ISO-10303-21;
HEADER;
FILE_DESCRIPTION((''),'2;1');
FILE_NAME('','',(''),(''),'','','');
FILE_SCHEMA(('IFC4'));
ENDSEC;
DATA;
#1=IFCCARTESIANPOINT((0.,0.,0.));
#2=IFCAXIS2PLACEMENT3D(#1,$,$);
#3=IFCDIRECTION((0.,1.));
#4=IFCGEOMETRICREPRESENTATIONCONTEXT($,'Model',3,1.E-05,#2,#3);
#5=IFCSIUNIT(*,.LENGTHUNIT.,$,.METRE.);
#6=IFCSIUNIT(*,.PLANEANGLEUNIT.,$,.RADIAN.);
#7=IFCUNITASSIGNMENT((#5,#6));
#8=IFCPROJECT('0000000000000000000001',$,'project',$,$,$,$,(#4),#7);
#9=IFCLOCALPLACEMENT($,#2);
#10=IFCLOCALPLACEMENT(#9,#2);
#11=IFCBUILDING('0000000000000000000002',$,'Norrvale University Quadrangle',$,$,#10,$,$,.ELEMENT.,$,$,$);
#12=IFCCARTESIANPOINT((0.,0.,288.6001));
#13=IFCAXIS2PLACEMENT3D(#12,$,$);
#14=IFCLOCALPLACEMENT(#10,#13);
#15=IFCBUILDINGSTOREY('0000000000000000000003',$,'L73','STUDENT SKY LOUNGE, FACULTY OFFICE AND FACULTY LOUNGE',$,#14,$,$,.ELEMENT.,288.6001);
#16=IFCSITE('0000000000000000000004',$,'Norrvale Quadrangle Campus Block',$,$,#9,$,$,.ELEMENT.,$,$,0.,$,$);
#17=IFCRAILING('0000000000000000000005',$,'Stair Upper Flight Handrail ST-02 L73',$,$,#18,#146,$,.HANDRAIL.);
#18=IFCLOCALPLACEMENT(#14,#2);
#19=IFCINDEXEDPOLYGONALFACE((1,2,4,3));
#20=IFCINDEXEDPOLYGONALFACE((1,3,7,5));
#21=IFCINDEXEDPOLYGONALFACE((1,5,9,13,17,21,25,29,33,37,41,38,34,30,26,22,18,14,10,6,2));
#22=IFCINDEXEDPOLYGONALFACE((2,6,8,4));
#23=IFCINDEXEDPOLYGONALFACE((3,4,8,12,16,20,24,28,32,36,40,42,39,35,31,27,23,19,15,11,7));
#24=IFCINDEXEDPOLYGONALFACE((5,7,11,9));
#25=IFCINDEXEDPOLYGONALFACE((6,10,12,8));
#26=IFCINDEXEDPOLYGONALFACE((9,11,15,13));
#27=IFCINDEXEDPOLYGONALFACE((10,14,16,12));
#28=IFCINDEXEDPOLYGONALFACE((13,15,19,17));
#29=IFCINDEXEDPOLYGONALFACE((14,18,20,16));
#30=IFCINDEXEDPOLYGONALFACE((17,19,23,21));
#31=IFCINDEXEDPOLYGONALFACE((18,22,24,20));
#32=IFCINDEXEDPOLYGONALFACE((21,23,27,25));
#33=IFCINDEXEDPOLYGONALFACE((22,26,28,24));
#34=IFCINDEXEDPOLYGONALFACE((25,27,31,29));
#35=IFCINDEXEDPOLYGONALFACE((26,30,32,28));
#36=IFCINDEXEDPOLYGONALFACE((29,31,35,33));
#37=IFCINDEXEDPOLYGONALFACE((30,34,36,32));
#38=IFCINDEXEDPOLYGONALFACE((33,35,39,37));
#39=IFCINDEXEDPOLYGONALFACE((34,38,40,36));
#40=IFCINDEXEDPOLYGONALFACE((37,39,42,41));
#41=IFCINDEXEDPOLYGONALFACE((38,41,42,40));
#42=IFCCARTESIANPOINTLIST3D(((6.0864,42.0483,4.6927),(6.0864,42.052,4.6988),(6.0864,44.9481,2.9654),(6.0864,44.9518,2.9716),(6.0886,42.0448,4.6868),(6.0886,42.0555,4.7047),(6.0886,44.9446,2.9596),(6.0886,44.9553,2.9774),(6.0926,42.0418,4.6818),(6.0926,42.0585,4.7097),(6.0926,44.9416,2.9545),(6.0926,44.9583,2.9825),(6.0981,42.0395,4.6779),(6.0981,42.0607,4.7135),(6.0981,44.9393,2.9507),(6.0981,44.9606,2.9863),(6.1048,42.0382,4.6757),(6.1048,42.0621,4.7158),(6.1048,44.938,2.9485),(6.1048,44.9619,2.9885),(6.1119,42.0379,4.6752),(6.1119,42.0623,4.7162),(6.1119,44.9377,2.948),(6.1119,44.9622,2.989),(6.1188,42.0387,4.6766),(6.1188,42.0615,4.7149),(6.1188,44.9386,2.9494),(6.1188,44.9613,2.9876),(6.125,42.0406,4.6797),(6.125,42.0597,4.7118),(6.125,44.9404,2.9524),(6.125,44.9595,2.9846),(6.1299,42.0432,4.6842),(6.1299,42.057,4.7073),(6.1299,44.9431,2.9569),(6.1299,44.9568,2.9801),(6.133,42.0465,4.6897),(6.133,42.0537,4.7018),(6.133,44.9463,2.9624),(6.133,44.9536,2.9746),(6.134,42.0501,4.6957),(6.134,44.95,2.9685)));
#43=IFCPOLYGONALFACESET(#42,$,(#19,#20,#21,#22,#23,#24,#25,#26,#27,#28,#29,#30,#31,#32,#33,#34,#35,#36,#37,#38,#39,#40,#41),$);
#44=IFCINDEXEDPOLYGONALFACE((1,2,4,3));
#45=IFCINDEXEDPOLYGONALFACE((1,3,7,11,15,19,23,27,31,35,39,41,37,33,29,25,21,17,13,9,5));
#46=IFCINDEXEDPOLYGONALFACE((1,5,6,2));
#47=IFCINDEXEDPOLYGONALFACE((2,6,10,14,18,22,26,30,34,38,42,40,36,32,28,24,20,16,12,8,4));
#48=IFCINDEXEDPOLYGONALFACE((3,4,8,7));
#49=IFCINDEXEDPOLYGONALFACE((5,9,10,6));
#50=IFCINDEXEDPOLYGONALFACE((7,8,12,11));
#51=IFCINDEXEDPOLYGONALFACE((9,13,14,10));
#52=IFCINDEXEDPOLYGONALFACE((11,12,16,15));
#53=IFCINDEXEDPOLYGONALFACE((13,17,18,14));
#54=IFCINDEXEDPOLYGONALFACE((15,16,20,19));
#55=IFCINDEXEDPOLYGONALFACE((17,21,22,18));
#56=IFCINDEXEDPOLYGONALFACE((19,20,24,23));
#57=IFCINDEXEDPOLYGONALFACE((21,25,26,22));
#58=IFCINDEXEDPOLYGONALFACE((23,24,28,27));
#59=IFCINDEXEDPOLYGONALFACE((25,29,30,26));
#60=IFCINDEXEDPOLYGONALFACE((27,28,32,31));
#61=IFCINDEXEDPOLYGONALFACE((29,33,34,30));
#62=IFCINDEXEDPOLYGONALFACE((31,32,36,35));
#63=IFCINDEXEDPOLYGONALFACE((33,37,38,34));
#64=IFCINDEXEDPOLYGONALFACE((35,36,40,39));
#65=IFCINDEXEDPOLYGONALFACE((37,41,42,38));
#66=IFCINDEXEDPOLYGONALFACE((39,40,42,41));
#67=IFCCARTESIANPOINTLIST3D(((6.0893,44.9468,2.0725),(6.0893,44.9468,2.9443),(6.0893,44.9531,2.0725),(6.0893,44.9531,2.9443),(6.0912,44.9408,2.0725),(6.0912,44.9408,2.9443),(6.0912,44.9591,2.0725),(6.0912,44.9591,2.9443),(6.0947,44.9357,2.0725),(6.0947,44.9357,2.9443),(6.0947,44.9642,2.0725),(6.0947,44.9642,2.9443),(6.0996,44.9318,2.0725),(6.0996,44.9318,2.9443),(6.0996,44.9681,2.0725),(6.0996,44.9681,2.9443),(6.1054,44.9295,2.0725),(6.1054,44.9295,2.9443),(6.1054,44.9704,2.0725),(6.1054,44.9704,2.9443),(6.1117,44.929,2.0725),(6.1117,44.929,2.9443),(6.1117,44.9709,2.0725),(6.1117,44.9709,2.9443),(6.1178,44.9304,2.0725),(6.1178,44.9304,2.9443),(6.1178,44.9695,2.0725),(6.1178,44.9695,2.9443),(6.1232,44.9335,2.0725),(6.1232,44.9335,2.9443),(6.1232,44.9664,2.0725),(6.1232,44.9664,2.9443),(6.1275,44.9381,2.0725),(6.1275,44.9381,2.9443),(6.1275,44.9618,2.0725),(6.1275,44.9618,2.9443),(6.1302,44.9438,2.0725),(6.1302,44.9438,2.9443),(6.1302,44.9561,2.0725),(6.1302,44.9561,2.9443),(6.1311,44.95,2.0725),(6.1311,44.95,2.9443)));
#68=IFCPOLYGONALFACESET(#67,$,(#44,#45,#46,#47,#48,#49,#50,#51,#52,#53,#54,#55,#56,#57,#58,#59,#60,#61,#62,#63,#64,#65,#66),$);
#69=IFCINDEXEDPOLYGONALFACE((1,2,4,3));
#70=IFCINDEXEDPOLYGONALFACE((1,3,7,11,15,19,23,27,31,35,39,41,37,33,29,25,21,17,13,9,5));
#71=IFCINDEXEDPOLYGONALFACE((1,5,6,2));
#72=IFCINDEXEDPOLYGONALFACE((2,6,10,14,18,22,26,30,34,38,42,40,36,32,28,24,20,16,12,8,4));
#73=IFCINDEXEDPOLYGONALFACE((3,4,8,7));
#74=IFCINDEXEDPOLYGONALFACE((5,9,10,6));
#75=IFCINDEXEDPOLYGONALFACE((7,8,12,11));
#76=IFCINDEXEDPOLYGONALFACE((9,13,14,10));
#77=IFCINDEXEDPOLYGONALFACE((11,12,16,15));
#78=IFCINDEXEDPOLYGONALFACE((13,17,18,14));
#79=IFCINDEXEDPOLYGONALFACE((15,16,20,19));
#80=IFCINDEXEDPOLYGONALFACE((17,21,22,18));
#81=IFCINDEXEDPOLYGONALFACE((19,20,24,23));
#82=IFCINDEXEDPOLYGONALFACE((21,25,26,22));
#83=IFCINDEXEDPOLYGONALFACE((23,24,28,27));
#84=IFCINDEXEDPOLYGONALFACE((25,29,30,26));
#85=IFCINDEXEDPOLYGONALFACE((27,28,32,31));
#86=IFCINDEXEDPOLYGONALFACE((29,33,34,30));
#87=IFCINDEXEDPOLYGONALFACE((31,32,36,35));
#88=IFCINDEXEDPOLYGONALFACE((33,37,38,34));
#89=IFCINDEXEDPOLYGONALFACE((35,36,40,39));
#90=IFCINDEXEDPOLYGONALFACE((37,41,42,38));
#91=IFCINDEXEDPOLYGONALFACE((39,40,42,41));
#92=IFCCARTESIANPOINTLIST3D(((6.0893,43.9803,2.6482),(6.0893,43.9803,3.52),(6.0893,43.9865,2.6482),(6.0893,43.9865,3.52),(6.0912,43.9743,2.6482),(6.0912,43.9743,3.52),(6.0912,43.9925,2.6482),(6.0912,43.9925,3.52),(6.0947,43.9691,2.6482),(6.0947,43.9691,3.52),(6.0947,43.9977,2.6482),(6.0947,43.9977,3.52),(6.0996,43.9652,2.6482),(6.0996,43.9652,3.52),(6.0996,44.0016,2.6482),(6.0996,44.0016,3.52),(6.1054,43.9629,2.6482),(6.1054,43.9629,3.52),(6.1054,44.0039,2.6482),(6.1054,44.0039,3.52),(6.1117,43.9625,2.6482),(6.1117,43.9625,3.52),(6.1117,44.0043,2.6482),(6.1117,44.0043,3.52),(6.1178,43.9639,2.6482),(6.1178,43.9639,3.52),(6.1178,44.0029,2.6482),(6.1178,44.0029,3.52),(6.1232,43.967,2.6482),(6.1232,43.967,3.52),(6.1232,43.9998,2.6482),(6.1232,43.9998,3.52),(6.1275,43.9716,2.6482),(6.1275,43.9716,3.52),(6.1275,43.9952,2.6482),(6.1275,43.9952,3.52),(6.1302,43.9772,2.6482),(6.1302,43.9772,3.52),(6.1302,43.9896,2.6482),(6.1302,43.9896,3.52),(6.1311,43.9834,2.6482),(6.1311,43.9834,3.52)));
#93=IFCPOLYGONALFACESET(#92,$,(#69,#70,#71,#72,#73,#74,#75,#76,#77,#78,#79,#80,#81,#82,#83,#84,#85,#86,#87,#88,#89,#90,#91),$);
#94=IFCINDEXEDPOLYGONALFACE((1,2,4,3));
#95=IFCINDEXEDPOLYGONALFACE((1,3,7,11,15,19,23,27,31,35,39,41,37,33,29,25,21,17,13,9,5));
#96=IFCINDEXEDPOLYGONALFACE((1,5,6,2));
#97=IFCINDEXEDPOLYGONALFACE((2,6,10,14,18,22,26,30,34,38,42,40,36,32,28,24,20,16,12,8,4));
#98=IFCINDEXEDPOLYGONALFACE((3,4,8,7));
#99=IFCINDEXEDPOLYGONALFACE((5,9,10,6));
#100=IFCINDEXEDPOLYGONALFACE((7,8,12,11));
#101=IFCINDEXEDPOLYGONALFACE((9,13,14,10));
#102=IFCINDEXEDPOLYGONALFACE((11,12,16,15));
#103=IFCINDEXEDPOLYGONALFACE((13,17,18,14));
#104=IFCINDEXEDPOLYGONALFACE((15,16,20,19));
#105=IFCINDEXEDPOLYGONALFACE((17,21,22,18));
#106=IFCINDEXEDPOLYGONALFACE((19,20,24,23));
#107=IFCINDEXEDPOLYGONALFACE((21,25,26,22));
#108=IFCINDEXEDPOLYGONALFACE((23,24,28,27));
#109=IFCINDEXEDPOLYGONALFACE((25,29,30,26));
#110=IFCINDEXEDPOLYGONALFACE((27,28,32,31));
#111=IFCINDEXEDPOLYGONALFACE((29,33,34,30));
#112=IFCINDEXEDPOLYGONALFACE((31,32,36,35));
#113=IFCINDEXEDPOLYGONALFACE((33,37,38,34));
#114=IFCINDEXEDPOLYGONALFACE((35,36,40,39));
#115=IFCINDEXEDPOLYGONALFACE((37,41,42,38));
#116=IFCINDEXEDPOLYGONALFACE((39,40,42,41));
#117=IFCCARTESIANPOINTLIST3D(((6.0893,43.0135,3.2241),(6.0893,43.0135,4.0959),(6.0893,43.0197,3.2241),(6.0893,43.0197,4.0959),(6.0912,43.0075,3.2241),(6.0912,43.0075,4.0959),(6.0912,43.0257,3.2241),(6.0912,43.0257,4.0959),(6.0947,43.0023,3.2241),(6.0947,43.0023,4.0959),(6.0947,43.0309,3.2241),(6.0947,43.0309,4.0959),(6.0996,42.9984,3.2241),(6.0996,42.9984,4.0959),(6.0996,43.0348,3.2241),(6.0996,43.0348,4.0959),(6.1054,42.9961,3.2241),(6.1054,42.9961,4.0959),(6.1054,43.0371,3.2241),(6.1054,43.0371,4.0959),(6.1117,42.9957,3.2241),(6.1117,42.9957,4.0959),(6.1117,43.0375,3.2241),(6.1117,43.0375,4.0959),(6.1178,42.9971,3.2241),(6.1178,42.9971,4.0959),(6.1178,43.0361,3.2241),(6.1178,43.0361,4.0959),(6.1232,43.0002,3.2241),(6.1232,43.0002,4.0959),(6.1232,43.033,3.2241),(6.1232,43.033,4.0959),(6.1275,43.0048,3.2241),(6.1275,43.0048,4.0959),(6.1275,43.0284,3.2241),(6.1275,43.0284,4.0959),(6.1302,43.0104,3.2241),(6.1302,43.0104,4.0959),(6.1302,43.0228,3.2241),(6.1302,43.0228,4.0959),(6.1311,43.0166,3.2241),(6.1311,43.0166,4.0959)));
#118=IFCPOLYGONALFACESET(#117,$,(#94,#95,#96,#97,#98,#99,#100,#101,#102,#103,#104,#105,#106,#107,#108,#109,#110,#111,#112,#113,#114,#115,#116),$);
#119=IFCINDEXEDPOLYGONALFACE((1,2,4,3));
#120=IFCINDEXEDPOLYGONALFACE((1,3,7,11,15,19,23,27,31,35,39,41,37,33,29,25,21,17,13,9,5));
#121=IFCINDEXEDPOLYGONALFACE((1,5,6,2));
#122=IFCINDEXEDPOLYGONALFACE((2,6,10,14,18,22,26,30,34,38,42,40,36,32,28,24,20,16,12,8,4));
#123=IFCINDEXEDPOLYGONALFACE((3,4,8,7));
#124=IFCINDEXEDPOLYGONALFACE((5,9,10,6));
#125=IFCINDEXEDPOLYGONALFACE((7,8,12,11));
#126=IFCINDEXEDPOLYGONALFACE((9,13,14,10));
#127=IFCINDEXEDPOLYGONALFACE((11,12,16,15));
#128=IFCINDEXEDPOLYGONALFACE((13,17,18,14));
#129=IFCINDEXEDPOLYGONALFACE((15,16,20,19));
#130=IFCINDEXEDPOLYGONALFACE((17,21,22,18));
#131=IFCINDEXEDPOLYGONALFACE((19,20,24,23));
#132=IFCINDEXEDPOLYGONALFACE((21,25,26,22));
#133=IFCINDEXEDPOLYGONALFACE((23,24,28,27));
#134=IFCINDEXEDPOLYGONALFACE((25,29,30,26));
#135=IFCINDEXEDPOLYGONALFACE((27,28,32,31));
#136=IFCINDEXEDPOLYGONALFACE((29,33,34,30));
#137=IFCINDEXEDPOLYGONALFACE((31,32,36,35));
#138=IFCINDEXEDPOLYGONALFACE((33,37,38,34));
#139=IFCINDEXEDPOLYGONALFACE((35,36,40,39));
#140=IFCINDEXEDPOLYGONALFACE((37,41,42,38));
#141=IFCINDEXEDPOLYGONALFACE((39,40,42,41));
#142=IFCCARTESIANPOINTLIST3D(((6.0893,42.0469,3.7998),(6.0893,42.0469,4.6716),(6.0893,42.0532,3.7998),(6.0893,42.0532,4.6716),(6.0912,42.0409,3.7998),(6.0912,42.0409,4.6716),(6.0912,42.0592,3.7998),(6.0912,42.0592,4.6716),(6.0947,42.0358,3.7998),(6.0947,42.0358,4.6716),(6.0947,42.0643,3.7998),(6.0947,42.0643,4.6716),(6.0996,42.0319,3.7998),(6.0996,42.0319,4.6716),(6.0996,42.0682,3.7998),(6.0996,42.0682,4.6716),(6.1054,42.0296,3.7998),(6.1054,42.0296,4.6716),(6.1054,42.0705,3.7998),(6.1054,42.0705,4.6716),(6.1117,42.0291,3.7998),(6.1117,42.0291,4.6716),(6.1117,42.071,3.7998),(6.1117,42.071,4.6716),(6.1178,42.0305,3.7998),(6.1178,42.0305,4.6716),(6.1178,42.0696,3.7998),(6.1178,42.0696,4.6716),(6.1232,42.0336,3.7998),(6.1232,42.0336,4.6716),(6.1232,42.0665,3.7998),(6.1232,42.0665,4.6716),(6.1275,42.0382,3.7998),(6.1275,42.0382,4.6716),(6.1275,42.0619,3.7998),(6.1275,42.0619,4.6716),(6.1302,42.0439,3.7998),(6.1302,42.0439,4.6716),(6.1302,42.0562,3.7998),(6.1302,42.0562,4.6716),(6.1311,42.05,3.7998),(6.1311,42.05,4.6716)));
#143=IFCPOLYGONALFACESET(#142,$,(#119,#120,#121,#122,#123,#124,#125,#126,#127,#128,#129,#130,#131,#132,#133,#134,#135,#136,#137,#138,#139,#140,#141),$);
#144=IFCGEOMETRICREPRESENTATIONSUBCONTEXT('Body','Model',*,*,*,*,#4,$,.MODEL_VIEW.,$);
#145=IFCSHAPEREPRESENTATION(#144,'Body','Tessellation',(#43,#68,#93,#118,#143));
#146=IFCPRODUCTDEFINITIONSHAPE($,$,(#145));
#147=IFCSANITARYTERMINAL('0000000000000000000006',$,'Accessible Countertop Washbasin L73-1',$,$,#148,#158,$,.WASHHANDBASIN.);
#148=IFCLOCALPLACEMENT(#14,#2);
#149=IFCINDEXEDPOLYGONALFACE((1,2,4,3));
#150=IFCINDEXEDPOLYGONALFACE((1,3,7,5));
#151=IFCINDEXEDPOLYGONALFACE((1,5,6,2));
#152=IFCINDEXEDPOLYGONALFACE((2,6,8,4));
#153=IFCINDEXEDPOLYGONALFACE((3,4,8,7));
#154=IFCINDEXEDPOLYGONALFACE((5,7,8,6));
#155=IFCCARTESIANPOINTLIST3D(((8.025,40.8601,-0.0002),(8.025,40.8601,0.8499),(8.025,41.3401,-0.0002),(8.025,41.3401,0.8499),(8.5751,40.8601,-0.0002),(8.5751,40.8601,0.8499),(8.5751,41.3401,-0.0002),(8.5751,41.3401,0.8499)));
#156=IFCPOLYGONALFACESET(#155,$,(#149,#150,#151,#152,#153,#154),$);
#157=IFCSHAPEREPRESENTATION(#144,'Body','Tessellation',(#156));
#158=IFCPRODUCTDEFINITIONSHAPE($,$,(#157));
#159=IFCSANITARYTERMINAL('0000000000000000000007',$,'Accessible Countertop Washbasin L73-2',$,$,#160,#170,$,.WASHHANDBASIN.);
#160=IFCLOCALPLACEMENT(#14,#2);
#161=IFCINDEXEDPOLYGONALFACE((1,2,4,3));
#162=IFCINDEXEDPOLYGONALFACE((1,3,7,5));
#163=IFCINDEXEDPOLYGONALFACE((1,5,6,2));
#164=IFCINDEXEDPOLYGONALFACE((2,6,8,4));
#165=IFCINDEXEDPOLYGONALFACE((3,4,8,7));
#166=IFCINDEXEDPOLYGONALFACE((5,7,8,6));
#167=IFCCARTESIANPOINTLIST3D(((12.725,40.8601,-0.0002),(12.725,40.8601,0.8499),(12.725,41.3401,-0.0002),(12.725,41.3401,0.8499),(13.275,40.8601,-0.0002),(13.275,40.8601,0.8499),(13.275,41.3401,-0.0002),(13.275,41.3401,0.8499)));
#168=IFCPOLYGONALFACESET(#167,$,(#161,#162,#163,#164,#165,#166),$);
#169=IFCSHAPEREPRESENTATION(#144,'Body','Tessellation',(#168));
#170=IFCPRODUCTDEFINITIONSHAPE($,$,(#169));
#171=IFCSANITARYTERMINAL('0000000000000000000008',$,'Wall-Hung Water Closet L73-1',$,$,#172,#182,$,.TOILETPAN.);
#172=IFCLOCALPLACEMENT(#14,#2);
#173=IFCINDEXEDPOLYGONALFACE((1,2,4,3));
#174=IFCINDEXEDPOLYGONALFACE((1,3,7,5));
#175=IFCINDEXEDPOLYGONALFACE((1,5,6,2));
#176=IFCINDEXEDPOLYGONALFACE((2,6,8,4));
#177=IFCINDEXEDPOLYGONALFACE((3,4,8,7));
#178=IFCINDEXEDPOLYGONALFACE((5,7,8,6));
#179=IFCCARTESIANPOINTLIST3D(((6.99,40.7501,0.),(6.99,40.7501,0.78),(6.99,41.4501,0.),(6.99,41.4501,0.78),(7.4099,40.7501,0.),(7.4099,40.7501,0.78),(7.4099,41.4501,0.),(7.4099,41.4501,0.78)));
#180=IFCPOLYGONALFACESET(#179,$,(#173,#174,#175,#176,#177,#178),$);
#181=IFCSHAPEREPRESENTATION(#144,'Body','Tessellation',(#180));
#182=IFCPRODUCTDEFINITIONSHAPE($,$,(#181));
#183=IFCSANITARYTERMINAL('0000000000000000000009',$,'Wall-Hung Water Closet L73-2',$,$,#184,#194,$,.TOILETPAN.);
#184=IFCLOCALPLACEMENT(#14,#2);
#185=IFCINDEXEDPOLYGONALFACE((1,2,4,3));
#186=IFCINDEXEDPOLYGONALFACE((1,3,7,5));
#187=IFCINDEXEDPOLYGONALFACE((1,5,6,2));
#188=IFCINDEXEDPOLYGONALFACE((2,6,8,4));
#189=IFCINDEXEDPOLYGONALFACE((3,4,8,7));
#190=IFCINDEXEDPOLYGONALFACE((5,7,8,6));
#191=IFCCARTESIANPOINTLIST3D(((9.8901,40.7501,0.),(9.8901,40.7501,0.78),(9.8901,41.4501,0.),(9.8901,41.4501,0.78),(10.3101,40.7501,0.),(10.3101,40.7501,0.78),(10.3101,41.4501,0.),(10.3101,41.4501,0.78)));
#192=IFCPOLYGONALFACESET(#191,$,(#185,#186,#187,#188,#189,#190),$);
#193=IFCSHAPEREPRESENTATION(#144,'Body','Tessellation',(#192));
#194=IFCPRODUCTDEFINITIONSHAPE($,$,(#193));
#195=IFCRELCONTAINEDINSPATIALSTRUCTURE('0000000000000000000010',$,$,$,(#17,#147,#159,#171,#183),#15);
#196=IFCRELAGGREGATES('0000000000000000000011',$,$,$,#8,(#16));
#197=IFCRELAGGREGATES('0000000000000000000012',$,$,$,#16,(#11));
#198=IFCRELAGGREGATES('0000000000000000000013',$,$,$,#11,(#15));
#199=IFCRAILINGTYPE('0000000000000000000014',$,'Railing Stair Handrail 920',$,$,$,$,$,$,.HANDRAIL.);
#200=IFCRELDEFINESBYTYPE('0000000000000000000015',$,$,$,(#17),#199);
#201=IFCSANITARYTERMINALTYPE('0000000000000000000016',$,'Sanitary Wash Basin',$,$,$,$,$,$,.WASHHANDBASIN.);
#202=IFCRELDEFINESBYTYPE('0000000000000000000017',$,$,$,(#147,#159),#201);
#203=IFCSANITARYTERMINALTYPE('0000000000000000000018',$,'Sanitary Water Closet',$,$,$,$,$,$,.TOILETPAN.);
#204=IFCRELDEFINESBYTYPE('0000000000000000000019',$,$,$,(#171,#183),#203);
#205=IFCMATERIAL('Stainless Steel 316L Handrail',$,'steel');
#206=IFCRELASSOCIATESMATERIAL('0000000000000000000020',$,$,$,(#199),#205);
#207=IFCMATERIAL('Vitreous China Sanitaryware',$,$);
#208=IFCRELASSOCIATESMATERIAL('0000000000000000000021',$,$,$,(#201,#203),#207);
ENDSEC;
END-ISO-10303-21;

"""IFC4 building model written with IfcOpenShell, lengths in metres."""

from ifc_helpers import new_model, si_unit, direction, frame, origin, origin_2d, place, context, subcontext, project, spatial, rectangle, circle, extrude, material, type_object, element, save


model = new_model("IFC4")

# Units and contexts
model_context = context("Model", 3, precision=1e-05, world=origin(), true_north=direction((0.0, 1.0)))
body_context = subcontext(model_context, "Body", "Model", "MODEL_VIEW")
ifc_project = project(units=[si_unit("LENGTHUNIT", "METRE"), si_unit("PLANEANGLEUNIT", "RADIAN")], contexts=[model_context])

# Site, building, storey
site_placement = place(None, origin())
site = spatial("IfcSite", under=ifc_project, at=site_placement, Name="Norrvale Quadrangle Campus Block", CompositionType="ELEMENT", RefElevation=0.0)
building_placement = place(site_placement, origin())
building = spatial("IfcBuilding", under=site, at=building_placement, Name="Norrvale University Quadrangle", CompositionType="ELEMENT")
storey_placement = place(building_placement, frame((0.0, 0.0, 288.6001)))
storey = spatial("IfcBuildingStorey", under=building, at=storey_placement, Name="L73", Description="STUDENT SKY LOUNGE, FACULTY OFFICE AND FACULTY LOUNGE", CompositionType="ELEMENT", Elevation=288.6001)

# Railing
ifc_material_1 = material(Name="Stainless Steel 316L Handrail", Category="steel")
railing_type_1 = type_object("IfcRailingType", Name="Railing Stair Handrail 920", PredefinedType="HANDRAIL", material=ifc_material_1)
railing_1_placement = place(storey_placement, frame((6.1101, 44.95, 2.0725)))
element("IfcRailing", 1, at=railing_1_placement, inside=storey, type_object=railing_type_1, Name="Stair Upper Flight Handrail ST-02 L73", PredefinedType="HANDRAIL", context=body_context, shape_type="SweptSolid", body=[
    extrude(circle(Radius=0.0239, at=origin_2d()), frame((0.0, 0.0, 0.896), z_axis=(0.0, -0.859141, 0.511738), x_axis=(1.0, 0.0, 0.0)), (0.0, 0.0, 1.0), 3.3752),
    extrude(circle(Radius=0.021, at=origin_2d()), origin(), (0.0, 0.0, 1.0), 0.8718),
    extrude(circle(Radius=0.021, at=origin_2d()), frame((0.0, -0.9666, 0.5757)), (0.0, 0.0, 1.0), 0.8718),
    extrude(circle(Radius=0.021, at=origin_2d()), frame((0.0, -1.9333, 1.1516)), (0.0, 0.0, 1.0), 0.8718),
    extrude(circle(Radius=0.021, at=origin_2d()), frame((0.0, -2.8999, 1.7273)), (0.0, 0.0, 1.0), 0.8718),
])

# Sanitary terminals
ifc_material_2 = material(Name="Vitreous China Sanitaryware")
sanitary_terminal_type_1 = type_object("IfcSanitaryTerminalType", Name="Sanitary Wash Basin", PredefinedType="WASHHANDBASIN", material=ifc_material_2)
for number, where, z_axis, x_axis, name in (
    (2, (8.3, 41.1001, -0.0002), (0.0, 0.0, 1.0), (1.0, 0.0, 0.0), "Accessible Countertop Washbasin L73-1"),
    (3, (13.0, 41.1001, -0.0002), (0.0, 0.0, 1.0), (1.0, 0.0, 0.0), "Accessible Countertop Washbasin L73-2"),
):
    element("IfcSanitaryTerminal", number, at=place(storey_placement, frame(where, z_axis=z_axis, x_axis=x_axis)), inside=storey, type_object=sanitary_terminal_type_1, Name=name, PredefinedType="WASHHANDBASIN", context=body_context, shape_type="SweptSolid", body=[
        extrude(rectangle(XDim=0.55, YDim=0.48, at=origin_2d()), origin(), (0.0, 0.0, 1.0), 0.8501),
    ])
sanitary_terminal_type_2 = type_object("IfcSanitaryTerminalType", Name="Sanitary Water Closet", PredefinedType="TOILETPAN", material=ifc_material_2)
for number, where, z_axis, x_axis, name in (
    (4, (7.2, 41.1001, 0.0), (0.0, 0.0, 1.0), (1.0, 0.0, 0.0), "Wall-Hung Water Closet L73-1"),
    (5, (10.1001, 41.1001, 0.0), (0.0, 0.0, 1.0), (1.0, 0.0, 0.0), "Wall-Hung Water Closet L73-2"),
):
    element("IfcSanitaryTerminal", number, at=place(storey_placement, frame(where, z_axis=z_axis, x_axis=x_axis)), inside=storey, type_object=sanitary_terminal_type_2, Name=name, PredefinedType="TOILETPAN", context=body_context, shape_type="SweptSolid", body=[
        extrude(rectangle(XDim=0.4199, YDim=0.7, at=origin_2d()), origin(), (0.0, 0.0, 1.0), 0.78),
    ])

save(model, "model.ifc")
